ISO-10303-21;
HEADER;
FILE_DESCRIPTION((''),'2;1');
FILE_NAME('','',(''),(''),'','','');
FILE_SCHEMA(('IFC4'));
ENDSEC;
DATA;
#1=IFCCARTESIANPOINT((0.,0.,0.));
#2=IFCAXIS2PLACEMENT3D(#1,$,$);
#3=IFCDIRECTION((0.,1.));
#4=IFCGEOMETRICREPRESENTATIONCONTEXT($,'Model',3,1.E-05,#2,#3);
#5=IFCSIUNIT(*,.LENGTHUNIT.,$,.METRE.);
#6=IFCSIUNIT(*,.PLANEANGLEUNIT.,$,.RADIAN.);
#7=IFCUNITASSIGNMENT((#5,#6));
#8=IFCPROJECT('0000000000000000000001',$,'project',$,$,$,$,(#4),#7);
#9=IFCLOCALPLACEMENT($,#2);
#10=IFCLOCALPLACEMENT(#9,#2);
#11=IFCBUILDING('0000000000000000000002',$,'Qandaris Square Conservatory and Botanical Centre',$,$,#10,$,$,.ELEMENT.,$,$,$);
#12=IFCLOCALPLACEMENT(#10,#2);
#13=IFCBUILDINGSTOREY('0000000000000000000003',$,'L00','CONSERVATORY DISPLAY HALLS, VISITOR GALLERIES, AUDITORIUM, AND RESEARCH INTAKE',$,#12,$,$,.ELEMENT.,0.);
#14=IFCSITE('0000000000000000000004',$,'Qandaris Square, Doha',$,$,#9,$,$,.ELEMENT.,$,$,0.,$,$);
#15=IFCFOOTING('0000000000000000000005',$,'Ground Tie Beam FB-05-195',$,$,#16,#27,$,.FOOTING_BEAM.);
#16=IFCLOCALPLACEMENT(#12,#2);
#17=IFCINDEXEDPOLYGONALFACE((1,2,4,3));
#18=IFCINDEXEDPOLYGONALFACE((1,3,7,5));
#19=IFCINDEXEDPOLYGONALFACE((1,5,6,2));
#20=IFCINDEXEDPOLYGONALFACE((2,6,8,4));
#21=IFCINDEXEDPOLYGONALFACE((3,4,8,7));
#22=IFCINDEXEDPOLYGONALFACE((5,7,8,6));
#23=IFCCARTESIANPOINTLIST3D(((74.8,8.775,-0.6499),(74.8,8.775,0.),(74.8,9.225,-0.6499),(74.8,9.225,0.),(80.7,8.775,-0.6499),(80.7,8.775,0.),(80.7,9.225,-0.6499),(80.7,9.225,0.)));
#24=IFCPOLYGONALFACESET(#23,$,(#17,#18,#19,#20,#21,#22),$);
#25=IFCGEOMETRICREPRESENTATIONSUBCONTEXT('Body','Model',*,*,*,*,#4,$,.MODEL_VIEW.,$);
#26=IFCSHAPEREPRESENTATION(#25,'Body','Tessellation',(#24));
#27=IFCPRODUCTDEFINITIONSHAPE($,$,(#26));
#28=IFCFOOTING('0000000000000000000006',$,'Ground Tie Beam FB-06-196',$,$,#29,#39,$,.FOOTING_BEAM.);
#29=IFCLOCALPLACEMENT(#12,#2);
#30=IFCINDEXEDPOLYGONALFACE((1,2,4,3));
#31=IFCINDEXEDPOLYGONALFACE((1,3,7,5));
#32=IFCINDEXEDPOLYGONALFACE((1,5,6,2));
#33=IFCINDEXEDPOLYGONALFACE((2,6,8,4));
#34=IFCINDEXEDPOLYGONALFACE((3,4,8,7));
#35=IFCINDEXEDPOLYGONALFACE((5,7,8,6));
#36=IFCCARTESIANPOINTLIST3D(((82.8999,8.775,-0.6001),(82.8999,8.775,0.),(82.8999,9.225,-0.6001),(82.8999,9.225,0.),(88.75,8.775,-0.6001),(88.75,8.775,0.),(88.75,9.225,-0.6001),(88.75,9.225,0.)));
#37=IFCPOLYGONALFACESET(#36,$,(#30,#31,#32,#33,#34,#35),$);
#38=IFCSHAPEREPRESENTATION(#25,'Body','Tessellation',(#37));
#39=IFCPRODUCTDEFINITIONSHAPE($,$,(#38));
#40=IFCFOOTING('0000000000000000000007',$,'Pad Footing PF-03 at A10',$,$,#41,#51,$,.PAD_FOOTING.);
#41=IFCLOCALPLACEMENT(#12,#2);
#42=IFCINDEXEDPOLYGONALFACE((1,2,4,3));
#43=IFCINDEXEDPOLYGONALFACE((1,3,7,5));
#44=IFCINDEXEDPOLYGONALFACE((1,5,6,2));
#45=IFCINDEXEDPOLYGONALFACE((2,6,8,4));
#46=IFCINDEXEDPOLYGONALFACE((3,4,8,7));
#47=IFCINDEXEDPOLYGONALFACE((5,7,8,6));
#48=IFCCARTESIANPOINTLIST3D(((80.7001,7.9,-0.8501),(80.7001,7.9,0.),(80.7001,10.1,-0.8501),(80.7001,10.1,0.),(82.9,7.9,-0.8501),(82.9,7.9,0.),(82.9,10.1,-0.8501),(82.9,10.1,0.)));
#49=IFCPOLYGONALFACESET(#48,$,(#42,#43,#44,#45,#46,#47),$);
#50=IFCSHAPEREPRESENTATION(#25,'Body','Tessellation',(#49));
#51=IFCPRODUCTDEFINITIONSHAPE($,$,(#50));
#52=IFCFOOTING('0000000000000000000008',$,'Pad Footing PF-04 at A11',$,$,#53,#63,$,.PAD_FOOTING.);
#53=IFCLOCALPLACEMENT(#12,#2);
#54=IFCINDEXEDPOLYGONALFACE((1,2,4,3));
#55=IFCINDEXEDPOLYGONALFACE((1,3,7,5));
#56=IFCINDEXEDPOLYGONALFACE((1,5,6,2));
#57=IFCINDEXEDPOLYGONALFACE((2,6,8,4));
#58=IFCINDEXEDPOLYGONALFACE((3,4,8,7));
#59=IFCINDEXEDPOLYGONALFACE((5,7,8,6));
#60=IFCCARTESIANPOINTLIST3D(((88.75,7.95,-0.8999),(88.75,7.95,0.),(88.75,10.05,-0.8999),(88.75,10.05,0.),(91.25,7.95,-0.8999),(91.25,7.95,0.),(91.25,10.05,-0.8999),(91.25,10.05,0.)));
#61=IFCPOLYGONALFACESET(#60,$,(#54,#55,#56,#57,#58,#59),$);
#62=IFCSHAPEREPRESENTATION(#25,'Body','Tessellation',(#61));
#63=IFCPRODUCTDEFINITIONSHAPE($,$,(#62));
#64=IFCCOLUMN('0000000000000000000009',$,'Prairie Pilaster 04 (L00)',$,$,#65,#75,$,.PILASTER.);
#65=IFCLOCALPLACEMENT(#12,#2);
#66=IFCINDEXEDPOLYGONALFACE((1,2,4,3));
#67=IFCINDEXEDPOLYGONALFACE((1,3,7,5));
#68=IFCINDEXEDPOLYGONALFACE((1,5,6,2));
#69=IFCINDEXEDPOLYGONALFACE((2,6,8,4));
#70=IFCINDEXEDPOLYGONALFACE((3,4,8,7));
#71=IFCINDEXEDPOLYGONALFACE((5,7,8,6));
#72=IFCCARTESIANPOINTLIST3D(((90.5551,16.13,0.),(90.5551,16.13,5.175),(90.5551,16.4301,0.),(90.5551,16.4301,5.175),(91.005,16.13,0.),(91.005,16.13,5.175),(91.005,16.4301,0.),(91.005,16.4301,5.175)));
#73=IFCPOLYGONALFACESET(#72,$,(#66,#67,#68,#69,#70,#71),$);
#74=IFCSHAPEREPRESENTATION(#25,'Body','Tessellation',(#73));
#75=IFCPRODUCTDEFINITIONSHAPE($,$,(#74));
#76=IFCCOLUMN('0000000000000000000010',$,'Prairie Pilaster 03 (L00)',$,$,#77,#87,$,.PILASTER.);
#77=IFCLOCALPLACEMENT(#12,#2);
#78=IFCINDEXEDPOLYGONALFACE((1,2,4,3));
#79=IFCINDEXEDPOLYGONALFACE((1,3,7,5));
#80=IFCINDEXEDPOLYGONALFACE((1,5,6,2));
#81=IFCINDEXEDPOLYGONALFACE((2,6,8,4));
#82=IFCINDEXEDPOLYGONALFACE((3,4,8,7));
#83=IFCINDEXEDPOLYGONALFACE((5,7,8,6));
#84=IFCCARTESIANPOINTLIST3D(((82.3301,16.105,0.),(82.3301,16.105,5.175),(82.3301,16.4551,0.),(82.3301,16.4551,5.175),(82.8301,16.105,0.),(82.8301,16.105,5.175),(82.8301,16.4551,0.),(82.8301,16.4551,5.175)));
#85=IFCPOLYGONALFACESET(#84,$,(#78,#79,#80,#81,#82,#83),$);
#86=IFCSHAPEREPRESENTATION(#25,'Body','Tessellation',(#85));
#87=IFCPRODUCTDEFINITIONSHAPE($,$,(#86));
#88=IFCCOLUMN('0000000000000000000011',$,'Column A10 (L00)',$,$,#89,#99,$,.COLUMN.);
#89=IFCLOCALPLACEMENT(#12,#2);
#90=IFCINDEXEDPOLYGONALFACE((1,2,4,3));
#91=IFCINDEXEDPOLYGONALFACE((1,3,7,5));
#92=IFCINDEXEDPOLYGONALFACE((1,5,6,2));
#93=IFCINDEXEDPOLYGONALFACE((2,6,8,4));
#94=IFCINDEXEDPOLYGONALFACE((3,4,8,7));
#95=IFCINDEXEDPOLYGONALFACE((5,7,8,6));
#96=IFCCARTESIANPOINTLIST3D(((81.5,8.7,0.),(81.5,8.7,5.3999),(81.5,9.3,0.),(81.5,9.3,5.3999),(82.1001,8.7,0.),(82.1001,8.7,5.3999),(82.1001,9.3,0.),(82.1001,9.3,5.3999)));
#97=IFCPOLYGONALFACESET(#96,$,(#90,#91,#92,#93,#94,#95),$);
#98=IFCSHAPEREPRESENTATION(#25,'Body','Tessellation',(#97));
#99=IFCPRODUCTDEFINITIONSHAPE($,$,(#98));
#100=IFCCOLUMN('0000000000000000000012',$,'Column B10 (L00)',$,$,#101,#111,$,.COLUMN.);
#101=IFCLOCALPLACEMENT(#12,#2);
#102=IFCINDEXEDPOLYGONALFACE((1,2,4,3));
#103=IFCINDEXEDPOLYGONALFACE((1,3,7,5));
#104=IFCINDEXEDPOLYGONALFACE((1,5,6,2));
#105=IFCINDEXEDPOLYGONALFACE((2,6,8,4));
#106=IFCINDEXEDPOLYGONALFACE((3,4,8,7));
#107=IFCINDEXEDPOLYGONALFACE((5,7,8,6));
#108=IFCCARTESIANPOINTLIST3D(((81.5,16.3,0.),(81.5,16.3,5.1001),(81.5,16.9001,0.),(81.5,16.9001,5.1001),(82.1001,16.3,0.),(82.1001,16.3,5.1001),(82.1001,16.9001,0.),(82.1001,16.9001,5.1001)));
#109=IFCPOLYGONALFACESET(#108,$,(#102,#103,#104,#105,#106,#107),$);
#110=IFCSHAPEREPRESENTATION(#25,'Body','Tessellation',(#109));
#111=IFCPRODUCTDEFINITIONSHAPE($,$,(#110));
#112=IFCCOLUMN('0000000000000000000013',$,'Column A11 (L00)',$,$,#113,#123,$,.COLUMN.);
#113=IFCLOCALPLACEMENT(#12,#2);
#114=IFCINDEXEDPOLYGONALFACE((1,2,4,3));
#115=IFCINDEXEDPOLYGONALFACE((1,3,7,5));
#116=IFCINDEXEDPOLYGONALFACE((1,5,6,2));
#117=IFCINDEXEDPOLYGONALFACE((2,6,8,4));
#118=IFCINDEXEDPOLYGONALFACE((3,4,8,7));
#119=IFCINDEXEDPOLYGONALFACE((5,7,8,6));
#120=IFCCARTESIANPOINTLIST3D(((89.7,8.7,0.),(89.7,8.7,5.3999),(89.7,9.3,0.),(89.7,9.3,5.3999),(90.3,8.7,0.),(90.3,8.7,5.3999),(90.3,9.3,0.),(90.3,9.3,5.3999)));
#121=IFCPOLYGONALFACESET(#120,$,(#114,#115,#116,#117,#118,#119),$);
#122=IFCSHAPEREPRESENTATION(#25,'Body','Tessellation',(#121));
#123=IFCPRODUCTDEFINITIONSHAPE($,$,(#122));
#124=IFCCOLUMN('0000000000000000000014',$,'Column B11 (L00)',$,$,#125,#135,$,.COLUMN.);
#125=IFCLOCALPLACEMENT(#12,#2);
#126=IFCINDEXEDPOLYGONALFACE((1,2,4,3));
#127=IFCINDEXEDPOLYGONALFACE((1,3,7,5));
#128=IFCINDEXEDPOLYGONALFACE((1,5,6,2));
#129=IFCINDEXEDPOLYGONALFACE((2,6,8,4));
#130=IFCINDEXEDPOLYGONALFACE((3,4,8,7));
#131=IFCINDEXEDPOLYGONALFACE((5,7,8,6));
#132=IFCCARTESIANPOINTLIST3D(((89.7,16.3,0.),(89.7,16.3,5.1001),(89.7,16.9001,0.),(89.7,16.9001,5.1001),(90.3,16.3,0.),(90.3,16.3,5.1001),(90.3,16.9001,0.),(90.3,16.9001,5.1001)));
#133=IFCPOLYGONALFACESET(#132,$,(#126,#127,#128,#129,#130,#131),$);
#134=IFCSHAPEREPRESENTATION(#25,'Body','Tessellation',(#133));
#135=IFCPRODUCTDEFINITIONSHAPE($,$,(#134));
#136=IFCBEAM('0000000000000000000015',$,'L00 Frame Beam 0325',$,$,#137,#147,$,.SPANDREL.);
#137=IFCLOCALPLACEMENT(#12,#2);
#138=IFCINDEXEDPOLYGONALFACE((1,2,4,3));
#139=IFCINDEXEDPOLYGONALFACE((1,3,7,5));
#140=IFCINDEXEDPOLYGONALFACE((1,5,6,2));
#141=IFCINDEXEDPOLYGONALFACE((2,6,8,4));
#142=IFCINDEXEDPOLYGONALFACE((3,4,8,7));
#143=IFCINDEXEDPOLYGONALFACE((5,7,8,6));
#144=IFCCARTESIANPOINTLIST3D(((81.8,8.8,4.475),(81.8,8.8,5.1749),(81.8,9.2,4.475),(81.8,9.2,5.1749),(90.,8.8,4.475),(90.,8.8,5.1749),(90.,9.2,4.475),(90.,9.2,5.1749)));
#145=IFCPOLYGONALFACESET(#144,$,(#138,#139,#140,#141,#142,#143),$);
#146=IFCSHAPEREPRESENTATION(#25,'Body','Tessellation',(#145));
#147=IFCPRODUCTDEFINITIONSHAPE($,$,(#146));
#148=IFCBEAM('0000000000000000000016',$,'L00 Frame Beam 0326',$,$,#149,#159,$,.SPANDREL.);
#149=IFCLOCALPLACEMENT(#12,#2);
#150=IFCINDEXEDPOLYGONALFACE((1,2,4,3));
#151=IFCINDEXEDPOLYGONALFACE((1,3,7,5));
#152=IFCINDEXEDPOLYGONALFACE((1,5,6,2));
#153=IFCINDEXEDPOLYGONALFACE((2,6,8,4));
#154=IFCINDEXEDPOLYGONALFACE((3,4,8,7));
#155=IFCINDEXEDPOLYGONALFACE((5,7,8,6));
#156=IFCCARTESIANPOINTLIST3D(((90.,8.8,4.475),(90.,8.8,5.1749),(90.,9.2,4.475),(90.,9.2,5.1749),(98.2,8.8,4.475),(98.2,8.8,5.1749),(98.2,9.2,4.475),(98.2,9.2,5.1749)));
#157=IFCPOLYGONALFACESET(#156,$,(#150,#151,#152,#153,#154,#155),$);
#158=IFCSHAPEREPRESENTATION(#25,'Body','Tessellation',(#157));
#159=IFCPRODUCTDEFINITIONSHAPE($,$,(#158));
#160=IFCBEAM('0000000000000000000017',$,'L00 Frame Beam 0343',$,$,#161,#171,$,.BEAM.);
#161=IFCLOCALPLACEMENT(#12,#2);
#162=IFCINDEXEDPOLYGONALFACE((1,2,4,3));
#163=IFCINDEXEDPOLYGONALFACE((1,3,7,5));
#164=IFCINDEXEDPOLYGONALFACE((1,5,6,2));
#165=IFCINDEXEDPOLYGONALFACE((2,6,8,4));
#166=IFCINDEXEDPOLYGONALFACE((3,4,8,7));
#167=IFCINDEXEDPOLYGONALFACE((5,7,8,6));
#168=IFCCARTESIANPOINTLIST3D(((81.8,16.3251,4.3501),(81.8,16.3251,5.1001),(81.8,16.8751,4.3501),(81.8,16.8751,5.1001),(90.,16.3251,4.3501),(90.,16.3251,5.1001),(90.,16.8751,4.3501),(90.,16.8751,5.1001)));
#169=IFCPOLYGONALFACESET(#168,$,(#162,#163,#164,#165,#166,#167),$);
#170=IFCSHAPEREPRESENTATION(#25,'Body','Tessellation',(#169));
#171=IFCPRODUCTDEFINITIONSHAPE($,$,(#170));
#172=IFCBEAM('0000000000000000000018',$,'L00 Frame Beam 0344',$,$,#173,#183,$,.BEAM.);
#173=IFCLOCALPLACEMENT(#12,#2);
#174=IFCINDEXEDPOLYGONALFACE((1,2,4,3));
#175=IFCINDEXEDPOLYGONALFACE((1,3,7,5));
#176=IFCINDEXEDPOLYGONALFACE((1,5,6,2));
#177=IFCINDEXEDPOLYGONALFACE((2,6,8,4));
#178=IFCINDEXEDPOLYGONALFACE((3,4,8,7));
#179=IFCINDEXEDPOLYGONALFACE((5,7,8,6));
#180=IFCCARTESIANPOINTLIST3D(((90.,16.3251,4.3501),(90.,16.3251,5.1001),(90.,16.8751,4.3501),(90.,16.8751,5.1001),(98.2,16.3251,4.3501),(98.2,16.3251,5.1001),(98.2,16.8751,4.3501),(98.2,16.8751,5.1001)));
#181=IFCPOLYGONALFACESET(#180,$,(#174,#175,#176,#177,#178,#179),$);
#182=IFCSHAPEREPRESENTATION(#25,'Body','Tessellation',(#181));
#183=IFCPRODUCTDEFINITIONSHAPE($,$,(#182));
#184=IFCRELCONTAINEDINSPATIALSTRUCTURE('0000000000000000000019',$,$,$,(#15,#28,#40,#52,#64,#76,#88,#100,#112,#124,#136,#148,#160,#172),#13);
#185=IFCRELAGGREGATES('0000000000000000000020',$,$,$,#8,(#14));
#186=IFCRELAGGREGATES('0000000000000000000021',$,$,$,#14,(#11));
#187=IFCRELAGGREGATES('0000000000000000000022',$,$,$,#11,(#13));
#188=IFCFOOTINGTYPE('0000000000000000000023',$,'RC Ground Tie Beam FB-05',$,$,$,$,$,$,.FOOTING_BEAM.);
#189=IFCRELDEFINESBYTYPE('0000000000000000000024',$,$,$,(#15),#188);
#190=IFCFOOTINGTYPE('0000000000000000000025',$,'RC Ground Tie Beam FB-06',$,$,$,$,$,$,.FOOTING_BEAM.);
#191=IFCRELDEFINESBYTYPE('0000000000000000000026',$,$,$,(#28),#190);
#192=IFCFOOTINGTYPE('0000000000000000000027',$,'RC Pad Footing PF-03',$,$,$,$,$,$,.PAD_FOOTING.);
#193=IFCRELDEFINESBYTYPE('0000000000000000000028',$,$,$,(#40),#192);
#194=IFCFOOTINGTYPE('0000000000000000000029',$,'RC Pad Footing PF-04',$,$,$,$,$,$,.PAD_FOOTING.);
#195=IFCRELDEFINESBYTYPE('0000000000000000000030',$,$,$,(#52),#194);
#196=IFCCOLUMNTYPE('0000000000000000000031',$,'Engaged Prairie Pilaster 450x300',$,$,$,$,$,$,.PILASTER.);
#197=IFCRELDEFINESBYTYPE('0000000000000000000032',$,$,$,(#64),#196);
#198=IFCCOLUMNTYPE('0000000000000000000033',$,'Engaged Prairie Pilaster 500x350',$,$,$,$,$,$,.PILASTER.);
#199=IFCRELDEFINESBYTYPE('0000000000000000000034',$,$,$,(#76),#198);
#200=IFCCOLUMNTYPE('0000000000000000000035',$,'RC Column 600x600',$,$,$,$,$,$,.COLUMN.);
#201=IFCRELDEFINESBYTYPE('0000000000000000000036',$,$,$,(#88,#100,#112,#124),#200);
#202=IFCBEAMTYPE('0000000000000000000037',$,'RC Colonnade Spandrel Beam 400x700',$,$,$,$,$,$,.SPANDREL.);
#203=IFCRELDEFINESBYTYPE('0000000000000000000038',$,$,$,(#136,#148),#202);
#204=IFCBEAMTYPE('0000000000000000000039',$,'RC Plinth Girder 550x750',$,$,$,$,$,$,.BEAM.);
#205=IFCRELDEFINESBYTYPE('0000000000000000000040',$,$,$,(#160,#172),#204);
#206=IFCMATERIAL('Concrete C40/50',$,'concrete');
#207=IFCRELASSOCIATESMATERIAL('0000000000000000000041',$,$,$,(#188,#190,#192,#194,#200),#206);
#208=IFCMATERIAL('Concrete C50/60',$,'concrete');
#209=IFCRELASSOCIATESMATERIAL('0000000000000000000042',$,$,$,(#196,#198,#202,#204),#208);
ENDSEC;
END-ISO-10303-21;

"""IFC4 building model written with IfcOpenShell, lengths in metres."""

from ifc_helpers import new_model, si_unit, direction, frame, origin, origin_2d, place, context, subcontext, project, spatial, rectangle, extrude, material, material_profile, profile_set, type_object, element, save


model = new_model("IFC4")

# Units and contexts
model_context = context("Model", 3, precision=1e-05, world=origin(), true_north=direction((0.0, 1.0)))
body_context = subcontext(model_context, "Body", "Model", "MODEL_VIEW")
ifc_project = project(units=[si_unit("LENGTHUNIT", "METRE"), si_unit("PLANEANGLEUNIT", "RADIAN")], contexts=[model_context])

# Site, building, storey
site_placement = place(None, origin())
site = spatial("IfcSite", under=ifc_project, at=site_placement, Name="Qandaris Square, Doha", CompositionType="ELEMENT", RefElevation=0.0)
building_placement = place(site_placement, origin())
building = spatial("IfcBuilding", under=site, at=building_placement, Name="Qandaris Square Conservatory and Botanical Centre", CompositionType="ELEMENT")
storey_placement = place(building_placement, origin())
storey = spatial("IfcBuildingStorey", under=building, at=storey_placement, Name="L00", Description="CONSERVATORY DISPLAY HALLS, VISITOR GALLERIES, AUDITORIUM, AND RESEARCH INTAKE", CompositionType="ELEMENT", Elevation=0.0)

# Footings
ifc_material_1 = material(Name="Concrete C40/50", Category="concrete")
ifc_material_profile_1 = material_profile(ifc_material_1, rectangle(XDim=0.45, YDim=0.6499, at=origin_2d()), Name="FB 450x650")
ifc_profile_set_1 = profile_set([ifc_material_profile_1], Name="Concrete C40/50")
footing_type_1 = type_object("IfcFootingType", Name="RC Ground Tie Beam FB-05", PredefinedType="FOOTING_BEAM", material=ifc_profile_set_1)
footing_1_placement = place(storey_placement, frame((74.8, 9.0, -0.325), z_axis=(1.0, 0.0, 0.0), x_axis=(0.0, 1.0, 0.0)))
element("IfcFooting", 1, at=footing_1_placement, inside=storey, type_object=footing_type_1, Name="Ground Tie Beam FB-05-195", PredefinedType="FOOTING_BEAM", context=body_context, shape_type="SweptSolid", body=[
    extrude(rectangle(XDim=0.45, YDim=0.6499, at=origin_2d()), origin(), (0.0, 0.0, 1.0), 5.8999),
])
ifc_material_profile_2 = material_profile(ifc_material_1, rectangle(XDim=0.45, YDim=0.6001, at=origin_2d()), Name="FB 450x600")
ifc_profile_set_2 = profile_set([ifc_material_profile_2], Name="Concrete C40/50")
footing_type_2 = type_object("IfcFootingType", Name="RC Ground Tie Beam FB-06", PredefinedType="FOOTING_BEAM", material=ifc_profile_set_2)
footing_2_placement = place(storey_placement, frame((82.8999, 9.0, -0.3), z_axis=(1.0, 0.0, 0.0), x_axis=(0.0, 1.0, 0.0)))
element("IfcFooting", 2, at=footing_2_placement, inside=storey, type_object=footing_type_2, Name="Ground Tie Beam FB-06-196", PredefinedType="FOOTING_BEAM", context=body_context, shape_type="SweptSolid", body=[
    extrude(rectangle(XDim=0.45, YDim=0.6001, at=origin_2d()), origin(), (0.0, 0.0, 1.0), 5.8501),
])
footing_type_3 = type_object("IfcFootingType", Name="RC Pad Footing PF-03", PredefinedType="PAD_FOOTING", material=ifc_material_1)
footing_3_placement = place(storey_placement, frame((81.8, 9.0, -0.8501), z_axis=(0.0, 0.0, 1.0), x_axis=(1.0, 0.0, 0.0)))
element("IfcFooting", 3, at=footing_3_placement, inside=storey, type_object=footing_type_3, Name="Pad Footing PF-03 at A10", PredefinedType="PAD_FOOTING", context=body_context, shape_type="SweptSolid", body=[
    extrude(rectangle(XDim=2.2, YDim=2.2, at=origin_2d()), origin(), (0.0, 0.0, 1.0), 0.8501),
])
footing_type_4 = type_object("IfcFootingType", Name="RC Pad Footing PF-04", PredefinedType="PAD_FOOTING", material=ifc_material_1)
footing_4_placement = place(storey_placement, frame((90.0, 9.0, -0.8999), z_axis=(0.0, 0.0, 1.0), x_axis=(1.0, 0.0, 0.0)))
element("IfcFooting", 4, at=footing_4_placement, inside=storey, type_object=footing_type_4, Name="Pad Footing PF-04 at A11", PredefinedType="PAD_FOOTING", context=body_context, shape_type="SweptSolid", body=[
    extrude(rectangle(XDim=2.5, YDim=2.1001, at=origin_2d()), origin(), (0.0, 0.0, 1.0), 0.8999),
])

# Columns
ifc_material_2 = material(Name="Concrete C50/60", Category="concrete")
ifc_material_profile_3 = material_profile(ifc_material_2, rectangle(XDim=0.45, YDim=0.3, at=origin_2d()), Name="RC-PIL 450x300")
ifc_profile_set_3 = profile_set([ifc_material_profile_3], Name="Concrete C50/60")
column_type_1 = type_object("IfcColumnType", Name="Engaged Prairie Pilaster 450x300", PredefinedType="PILASTER", material=ifc_profile_set_3)
column_1_placement = place(storey_placement, frame((90.78, 16.28, 0.0), z_axis=(0.0, 0.0, 1.0), x_axis=(1.0, 0.0, 0.0)))
element("IfcColumn", 5, at=column_1_placement, inside=storey, type_object=column_type_1, Name="Prairie Pilaster 04 (L00)", PredefinedType="PILASTER", context=body_context, shape_type="SweptSolid", body=[
    extrude(rectangle(XDim=0.45, YDim=0.3, at=origin_2d()), origin(), (0.0, 0.0, 1.0), 5.175),
])
ifc_material_profile_4 = material_profile(ifc_material_2, rectangle(XDim=0.5, YDim=0.3501, at=origin_2d()), Name="RC-PIL 500x350")
ifc_profile_set_4 = profile_set([ifc_material_profile_4], Name="Concrete C50/60")
column_type_2 = type_object("IfcColumnType", Name="Engaged Prairie Pilaster 500x350", PredefinedType="PILASTER", material=ifc_profile_set_4)
column_2_placement = place(storey_placement, frame((82.5801, 16.28, 0.0), z_axis=(0.0, 0.0, 1.0), x_axis=(1.0, 0.0, 0.0)))
element("IfcColumn", 6, at=column_2_placement, inside=storey, type_object=column_type_2, Name="Prairie Pilaster 03 (L00)", PredefinedType="PILASTER", context=body_context, shape_type="SweptSolid", body=[
    extrude(rectangle(XDim=0.5, YDim=0.3501, at=origin_2d()), origin(), (0.0, 0.0, 1.0), 5.175),
])
ifc_material_profile_5 = material_profile(ifc_material_1, rectangle(XDim=0.6001, YDim=0.6001, at=origin_2d()), Name="RC-COL 600x600")
ifc_profile_set_5 = profile_set([ifc_material_profile_5], Name="Concrete C40/50")
column_type_3 = type_object("IfcColumnType", Name="RC Column 600x600", PredefinedType="COLUMN", material=ifc_profile_set_5)
column_3_placement = place(storey_placement, frame((81.8, 9.0, 0.0), z_axis=(0.0, 0.0, 1.0), x_axis=(1.0, 0.0, 0.0)))
element("IfcColumn", 7, at=column_3_placement, inside=storey, type_object=column_type_3, Name="Column A10 (L00)", PredefinedType="COLUMN", context=body_context, shape_type="SweptSolid", body=[
    extrude(rectangle(XDim=0.6001, YDim=0.6001, at=origin_2d()), origin(), (0.0, 0.0, 1.0), 5.3999),
])
column_4_placement = place(storey_placement, frame((81.8, 16.6001, 0.0), z_axis=(0.0, 0.0, 1.0), x_axis=(1.0, 0.0, 0.0)))
element("IfcColumn", 8, at=column_4_placement, inside=storey, type_object=column_type_3, Name="Column B10 (L00)", PredefinedType="COLUMN", context=body_context, shape_type="SweptSolid", body=[
    extrude(rectangle(XDim=0.6001, YDim=0.6001, at=origin_2d()), origin(), (0.0, 0.0, 1.0), 5.1001),
])
column_5_placement = place(storey_placement, frame((90.0, 9.0, 0.0), z_axis=(0.0, 0.0, 1.0), x_axis=(1.0, 0.0, 0.0)))
element("IfcColumn", 9, at=column_5_placement, inside=storey, type_object=column_type_3, Name="Column A11 (L00)", PredefinedType="COLUMN", context=body_context, shape_type="SweptSolid", body=[
    extrude(rectangle(XDim=0.6001, YDim=0.6001, at=origin_2d()), origin(), (0.0, 0.0, 1.0), 5.3999),
])
column_6_placement = place(storey_placement, frame((90.0, 16.6001, 0.0), z_axis=(0.0, 0.0, 1.0), x_axis=(1.0, 0.0, 0.0)))
element("IfcColumn", 10, at=column_6_placement, inside=storey, type_object=column_type_3, Name="Column B11 (L00)", PredefinedType="COLUMN", context=body_context, shape_type="SweptSolid", body=[
    extrude(rectangle(XDim=0.6001, YDim=0.6001, at=origin_2d()), origin(), (0.0, 0.0, 1.0), 5.1001),
])

# Beams
ifc_material_profile_6 = material_profile(ifc_material_2, rectangle(XDim=0.3999, YDim=0.7, at=origin_2d()), Name="RC-SP 400x700")
ifc_profile_set_6 = profile_set([ifc_material_profile_6], Name="Concrete C50/60")
beam_type_1 = type_object("IfcBeamType", Name="RC Colonnade Spandrel Beam 400x700", PredefinedType="SPANDREL", material=ifc_profile_set_6)
for number, where, z_axis, x_axis, name in (
    (11, (81.8, 9.0, 4.825), (1.0, 0.0, 0.0), (0.0, 1.0, 0.0), "L00 Frame Beam 0325"),
    (12, (90.0, 9.0, 4.825), (1.0, 0.0, 0.0), (0.0, 1.0, 0.0), "L00 Frame Beam 0326"),
):
    element("IfcBeam", number, at=place(storey_placement, frame(where, z_axis=z_axis, x_axis=x_axis)), inside=storey, type_object=beam_type_1, Name=name, PredefinedType="SPANDREL", context=body_context, shape_type="SweptSolid", body=[
        extrude(rectangle(XDim=0.3999, YDim=0.7, at=origin_2d()), origin(), (0.0, 0.0, 1.0), 8.2),
    ])
ifc_material_profile_7 = material_profile(ifc_material_2, rectangle(XDim=0.55, YDim=0.75, at=origin_2d()), Name="RC-BM 550x750")
ifc_profile_set_7 = profile_set([ifc_material_profile_7], Name="Concrete C50/60")
beam_type_2 = type_object("IfcBeamType", Name="RC Plinth Girder 550x750", PredefinedType="BEAM", material=ifc_profile_set_7)
for number, where, z_axis, x_axis, name in (
    (13, (81.8, 16.6001, 4.7251), (1.0, 0.0, 0.0), (0.0, 1.0, 0.0), "L00 Frame Beam 0343"),
    (14, (90.0, 16.6001, 4.7251), (1.0, 0.0, 0.0), (0.0, 1.0, 0.0), "L00 Frame Beam 0344"),
):
    element("IfcBeam", number, at=place(storey_placement, frame(where, z_axis=z_axis, x_axis=x_axis)), inside=storey, type_object=beam_type_2, Name=name, PredefinedType="BEAM", context=body_context, shape_type="SweptSolid", body=[
        extrude(rectangle(XDim=0.55, YDim=0.75, at=origin_2d()), origin(), (0.0, 0.0, 1.0), 8.2),
    ])

save(model, "model.ifc")
